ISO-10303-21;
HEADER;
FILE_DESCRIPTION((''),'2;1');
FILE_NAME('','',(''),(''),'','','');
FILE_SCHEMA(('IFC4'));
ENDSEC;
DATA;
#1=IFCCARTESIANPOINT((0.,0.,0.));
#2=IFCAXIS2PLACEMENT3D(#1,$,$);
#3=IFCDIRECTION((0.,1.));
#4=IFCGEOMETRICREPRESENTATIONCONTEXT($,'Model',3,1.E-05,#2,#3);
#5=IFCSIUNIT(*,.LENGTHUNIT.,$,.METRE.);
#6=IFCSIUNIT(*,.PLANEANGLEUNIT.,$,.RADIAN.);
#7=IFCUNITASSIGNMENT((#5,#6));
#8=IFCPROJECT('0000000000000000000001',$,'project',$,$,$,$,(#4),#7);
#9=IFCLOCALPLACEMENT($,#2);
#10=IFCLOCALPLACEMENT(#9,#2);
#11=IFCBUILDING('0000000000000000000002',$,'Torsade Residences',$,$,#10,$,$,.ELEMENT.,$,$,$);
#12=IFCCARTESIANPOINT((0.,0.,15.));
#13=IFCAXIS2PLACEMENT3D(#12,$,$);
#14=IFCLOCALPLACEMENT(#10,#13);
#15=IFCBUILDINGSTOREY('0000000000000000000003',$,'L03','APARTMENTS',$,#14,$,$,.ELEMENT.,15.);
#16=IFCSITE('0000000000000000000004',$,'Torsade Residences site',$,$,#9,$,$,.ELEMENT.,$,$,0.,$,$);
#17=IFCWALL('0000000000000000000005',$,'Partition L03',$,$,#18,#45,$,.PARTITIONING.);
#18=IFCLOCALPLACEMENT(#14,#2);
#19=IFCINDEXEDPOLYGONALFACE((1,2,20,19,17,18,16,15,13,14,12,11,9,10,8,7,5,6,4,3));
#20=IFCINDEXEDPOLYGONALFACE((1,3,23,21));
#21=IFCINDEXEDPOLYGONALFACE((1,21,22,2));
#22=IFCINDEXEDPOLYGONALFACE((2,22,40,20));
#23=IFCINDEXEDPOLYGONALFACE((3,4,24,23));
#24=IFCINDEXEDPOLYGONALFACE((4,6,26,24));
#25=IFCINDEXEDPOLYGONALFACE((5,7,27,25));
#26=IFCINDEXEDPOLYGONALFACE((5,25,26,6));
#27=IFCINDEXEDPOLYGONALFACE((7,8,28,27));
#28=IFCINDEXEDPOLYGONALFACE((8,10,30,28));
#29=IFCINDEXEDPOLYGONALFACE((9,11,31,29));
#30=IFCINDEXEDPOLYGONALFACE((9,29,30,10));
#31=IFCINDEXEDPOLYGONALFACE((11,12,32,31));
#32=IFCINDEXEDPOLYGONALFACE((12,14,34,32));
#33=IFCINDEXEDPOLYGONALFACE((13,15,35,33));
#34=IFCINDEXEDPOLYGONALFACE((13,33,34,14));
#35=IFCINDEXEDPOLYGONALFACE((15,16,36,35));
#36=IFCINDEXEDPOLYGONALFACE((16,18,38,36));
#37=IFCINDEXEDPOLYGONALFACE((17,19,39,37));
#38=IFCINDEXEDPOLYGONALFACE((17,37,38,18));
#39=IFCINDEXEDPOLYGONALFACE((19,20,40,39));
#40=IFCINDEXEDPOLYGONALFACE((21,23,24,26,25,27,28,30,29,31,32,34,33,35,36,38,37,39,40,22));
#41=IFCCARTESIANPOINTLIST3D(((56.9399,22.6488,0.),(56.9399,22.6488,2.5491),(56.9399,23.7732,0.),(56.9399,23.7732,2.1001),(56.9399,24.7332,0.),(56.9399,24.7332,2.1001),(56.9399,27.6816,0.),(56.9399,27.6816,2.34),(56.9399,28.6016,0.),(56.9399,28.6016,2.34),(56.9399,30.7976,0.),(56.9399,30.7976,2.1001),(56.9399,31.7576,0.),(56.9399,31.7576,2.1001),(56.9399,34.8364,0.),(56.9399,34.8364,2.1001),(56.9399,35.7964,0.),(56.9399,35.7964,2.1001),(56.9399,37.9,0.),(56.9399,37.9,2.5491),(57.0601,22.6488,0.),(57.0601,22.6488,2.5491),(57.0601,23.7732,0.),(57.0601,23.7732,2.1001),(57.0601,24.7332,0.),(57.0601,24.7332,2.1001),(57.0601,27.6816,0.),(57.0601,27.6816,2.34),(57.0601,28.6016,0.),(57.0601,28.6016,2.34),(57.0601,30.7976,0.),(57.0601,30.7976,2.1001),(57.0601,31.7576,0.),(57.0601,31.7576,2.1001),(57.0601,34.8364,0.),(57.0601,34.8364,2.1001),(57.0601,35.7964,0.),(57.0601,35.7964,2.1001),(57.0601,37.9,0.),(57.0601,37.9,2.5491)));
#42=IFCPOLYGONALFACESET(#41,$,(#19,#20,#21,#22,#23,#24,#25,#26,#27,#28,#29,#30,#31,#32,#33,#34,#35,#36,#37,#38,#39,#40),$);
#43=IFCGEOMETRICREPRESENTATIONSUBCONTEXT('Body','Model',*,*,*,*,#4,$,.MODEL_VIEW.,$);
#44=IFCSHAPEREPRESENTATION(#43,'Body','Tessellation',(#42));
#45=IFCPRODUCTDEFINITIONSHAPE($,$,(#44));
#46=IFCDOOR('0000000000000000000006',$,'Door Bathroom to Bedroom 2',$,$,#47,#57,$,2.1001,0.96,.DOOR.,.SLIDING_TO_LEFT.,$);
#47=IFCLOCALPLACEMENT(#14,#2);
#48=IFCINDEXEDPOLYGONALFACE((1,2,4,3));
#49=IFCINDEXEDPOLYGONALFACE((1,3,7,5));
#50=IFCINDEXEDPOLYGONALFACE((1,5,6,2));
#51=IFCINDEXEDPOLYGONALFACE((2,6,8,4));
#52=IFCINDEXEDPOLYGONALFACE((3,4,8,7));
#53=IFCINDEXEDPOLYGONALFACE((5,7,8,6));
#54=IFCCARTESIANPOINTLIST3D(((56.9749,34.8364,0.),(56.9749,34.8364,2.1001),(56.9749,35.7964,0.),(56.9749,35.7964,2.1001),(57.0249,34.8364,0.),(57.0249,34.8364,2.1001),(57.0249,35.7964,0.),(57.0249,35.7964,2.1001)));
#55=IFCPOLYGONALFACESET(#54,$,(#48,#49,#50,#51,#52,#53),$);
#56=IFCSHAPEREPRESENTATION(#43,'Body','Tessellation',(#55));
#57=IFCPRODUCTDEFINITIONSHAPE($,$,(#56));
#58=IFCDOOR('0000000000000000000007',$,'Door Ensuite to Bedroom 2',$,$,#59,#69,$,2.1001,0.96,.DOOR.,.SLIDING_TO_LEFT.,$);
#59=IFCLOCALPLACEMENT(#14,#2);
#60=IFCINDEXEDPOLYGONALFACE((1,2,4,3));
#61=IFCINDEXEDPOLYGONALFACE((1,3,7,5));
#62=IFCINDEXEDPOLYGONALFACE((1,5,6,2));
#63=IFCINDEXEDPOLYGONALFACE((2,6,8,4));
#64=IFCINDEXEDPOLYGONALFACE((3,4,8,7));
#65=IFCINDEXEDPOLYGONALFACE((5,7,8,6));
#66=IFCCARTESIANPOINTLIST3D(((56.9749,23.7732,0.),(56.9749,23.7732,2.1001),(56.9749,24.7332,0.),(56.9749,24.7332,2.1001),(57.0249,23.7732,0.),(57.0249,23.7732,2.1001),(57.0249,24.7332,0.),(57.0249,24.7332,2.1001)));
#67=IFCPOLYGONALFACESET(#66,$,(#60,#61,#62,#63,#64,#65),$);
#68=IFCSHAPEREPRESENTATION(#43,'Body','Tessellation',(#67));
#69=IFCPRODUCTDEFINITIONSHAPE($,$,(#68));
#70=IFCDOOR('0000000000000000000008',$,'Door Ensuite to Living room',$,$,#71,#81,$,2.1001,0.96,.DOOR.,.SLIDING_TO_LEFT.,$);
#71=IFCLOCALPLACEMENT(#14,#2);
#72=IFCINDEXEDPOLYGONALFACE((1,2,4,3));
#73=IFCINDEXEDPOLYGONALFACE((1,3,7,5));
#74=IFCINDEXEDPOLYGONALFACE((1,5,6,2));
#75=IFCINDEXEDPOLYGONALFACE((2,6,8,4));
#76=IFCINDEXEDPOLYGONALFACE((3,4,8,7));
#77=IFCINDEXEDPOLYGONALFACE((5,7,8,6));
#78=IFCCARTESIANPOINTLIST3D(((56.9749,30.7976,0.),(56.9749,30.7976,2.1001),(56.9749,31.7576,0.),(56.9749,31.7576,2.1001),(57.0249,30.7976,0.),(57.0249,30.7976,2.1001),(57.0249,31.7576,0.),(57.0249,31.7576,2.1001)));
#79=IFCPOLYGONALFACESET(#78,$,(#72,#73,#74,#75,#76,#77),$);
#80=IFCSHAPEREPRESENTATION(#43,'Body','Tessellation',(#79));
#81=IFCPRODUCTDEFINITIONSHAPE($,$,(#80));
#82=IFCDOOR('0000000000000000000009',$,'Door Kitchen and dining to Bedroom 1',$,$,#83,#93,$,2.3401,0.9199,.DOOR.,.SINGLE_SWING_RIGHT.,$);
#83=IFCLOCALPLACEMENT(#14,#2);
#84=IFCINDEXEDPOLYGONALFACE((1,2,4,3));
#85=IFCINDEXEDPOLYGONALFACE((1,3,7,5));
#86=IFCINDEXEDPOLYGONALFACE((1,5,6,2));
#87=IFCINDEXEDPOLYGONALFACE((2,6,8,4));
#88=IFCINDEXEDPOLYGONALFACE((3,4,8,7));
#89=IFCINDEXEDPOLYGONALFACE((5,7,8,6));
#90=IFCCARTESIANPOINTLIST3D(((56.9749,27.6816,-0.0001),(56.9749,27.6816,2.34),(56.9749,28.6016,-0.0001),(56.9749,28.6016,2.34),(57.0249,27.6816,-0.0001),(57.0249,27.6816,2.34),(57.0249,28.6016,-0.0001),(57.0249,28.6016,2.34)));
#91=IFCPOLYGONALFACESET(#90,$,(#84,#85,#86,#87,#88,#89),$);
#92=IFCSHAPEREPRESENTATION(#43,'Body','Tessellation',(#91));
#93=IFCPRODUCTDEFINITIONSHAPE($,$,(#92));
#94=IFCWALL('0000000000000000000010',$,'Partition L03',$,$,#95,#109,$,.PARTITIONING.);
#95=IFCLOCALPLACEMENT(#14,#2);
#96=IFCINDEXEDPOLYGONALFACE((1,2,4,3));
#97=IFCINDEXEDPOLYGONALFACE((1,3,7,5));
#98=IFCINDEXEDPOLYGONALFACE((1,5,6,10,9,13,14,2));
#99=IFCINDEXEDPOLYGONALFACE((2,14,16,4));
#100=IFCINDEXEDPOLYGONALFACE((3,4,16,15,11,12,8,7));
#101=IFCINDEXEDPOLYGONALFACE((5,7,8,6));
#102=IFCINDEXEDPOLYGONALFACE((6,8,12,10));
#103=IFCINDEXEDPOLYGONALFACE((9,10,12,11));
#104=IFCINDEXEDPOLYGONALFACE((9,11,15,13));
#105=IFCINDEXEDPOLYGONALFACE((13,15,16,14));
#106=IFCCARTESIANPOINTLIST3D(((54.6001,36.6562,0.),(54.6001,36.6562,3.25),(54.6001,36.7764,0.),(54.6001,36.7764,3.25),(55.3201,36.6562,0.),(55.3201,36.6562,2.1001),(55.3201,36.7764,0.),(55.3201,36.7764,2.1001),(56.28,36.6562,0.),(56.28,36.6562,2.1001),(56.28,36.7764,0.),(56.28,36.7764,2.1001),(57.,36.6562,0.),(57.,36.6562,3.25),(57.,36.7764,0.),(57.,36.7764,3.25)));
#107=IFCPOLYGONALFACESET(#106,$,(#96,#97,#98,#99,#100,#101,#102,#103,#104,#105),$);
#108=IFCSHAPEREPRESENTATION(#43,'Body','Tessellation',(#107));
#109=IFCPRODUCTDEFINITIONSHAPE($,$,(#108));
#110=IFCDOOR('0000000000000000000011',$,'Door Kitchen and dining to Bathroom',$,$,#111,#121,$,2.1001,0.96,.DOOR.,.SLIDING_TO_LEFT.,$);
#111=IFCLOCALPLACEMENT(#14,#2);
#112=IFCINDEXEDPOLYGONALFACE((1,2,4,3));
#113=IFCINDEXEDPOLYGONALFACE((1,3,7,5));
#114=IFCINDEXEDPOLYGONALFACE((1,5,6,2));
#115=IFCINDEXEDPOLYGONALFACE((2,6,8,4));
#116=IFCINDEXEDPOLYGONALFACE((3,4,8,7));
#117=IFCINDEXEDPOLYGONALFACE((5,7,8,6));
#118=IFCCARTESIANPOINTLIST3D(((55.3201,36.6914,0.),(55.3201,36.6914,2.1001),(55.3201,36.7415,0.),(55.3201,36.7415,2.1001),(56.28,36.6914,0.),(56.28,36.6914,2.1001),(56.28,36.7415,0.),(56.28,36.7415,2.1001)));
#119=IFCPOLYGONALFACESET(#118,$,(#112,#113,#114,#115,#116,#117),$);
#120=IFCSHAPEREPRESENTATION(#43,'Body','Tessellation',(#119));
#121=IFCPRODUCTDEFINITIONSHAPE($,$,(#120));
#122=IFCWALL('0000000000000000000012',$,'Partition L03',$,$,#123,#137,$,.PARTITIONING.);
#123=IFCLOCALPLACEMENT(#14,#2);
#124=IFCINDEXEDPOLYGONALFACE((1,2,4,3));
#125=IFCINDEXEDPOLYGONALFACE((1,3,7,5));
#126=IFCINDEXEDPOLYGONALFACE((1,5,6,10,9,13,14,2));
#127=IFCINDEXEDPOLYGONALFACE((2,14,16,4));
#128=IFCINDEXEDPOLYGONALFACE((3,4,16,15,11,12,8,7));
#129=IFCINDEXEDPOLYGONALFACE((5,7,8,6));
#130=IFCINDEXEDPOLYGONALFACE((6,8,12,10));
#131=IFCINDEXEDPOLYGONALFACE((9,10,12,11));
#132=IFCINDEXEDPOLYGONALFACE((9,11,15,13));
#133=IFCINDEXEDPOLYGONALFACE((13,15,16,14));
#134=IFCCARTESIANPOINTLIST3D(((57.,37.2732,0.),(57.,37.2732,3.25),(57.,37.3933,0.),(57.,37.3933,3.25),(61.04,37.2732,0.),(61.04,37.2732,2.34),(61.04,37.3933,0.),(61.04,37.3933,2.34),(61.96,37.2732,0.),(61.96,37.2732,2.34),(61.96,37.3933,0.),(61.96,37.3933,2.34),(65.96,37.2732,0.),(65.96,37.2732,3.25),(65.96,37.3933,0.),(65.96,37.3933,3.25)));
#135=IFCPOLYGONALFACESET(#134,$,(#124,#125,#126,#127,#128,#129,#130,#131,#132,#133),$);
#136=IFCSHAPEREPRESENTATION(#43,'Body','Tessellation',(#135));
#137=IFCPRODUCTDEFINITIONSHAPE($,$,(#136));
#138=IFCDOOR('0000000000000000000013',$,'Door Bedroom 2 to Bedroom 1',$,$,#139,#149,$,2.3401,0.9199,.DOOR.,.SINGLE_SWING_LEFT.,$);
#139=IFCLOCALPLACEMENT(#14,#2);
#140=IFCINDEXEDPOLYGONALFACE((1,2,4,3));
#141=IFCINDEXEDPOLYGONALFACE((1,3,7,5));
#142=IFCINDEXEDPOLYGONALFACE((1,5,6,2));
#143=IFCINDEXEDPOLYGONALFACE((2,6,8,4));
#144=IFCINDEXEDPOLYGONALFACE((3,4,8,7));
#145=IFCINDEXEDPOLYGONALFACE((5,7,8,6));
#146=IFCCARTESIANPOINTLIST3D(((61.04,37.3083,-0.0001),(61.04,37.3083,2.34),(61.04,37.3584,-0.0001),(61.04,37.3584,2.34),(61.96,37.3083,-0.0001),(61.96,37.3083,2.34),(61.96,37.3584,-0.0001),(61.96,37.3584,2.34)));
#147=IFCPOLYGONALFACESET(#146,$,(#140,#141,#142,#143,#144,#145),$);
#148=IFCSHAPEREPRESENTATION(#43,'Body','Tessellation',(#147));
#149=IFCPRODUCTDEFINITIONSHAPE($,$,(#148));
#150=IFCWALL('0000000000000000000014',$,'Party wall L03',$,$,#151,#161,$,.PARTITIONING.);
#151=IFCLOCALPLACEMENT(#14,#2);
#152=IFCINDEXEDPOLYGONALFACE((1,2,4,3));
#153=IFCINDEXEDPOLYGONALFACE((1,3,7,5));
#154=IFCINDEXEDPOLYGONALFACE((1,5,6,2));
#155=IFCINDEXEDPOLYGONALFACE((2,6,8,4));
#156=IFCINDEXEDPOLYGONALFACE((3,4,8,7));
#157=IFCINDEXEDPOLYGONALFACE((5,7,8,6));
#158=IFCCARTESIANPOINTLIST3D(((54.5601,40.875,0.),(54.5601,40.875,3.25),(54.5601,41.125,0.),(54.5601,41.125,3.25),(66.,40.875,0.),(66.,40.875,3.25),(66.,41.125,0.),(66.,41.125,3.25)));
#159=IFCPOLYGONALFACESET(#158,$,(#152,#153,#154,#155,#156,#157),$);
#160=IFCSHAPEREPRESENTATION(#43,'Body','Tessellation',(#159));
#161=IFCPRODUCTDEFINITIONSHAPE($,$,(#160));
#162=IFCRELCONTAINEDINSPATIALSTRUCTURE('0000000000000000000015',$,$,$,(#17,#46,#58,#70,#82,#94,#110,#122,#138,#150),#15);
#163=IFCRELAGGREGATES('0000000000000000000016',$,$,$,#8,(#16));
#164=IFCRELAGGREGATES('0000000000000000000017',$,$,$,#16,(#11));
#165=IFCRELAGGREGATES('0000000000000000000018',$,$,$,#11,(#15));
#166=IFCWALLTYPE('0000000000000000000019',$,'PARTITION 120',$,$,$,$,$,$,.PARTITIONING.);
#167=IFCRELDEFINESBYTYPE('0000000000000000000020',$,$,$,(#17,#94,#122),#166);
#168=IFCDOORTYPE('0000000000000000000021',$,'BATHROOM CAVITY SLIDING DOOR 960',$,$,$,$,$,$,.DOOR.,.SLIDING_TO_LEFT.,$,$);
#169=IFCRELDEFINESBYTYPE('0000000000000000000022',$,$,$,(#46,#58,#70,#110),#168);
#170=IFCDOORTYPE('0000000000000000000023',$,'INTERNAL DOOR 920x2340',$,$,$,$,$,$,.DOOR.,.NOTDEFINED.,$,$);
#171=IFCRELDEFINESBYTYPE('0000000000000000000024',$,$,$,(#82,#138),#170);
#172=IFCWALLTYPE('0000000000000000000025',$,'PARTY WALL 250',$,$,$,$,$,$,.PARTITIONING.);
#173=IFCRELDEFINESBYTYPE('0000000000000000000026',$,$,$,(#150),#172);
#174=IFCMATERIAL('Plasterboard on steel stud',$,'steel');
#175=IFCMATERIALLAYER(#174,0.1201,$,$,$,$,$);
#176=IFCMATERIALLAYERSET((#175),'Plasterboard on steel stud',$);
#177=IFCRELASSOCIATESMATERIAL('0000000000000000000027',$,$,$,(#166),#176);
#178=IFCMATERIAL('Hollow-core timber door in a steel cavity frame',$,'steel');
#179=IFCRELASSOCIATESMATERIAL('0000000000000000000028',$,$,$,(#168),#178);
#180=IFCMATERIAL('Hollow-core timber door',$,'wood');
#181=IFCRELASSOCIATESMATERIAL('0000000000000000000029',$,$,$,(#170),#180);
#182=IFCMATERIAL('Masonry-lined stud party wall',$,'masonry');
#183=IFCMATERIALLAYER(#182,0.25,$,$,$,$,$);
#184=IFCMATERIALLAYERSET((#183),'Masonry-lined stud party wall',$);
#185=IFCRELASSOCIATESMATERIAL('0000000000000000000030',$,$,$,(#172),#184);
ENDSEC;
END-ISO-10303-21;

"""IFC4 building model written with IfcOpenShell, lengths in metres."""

from ifc_helpers import new_model, si_unit, direction, frame, frame_2d, origin, place, context, subcontext, project, spatial, rectangle, extrude, material, layer, layer_set, type_object, element, fill, save


model = new_model("IFC4")

# Units and contexts
model_context = context("Model", 3, precision=1e-05, world=origin(), true_north=direction((0.0, 1.0)))
body_context = subcontext(model_context, "Body", "Model", "MODEL_VIEW")
ifc_project = project(units=[si_unit("LENGTHUNIT", "METRE"), si_unit("PLANEANGLEUNIT", "RADIAN")], contexts=[model_context])

# Site, building, storey
site_placement = place(None, origin())
site = spatial("IfcSite", under=ifc_project, at=site_placement, Name="Torsade Residences site", CompositionType="ELEMENT", RefElevation=0.0)
building_placement = place(site_placement, origin())
building = spatial("IfcBuilding", under=site, at=building_placement, Name="Torsade Residences", CompositionType="ELEMENT")
storey_placement = place(building_placement, frame((0.0, 0.0, 15.0)))
storey = spatial("IfcBuildingStorey", under=building, at=storey_placement, Name="L03", Description="APARTMENTS", CompositionType="ELEMENT", Elevation=15.0)

# Wall, openings, doors
ifc_material_1 = material(Name="Plasterboard on steel stud", Category="steel")
ifc_layer_1 = layer(ifc_material_1, 0.1201)
ifc_layer_set_1 = layer_set([ifc_layer_1], Name="Plasterboard on steel stud")
wall_type_1 = type_object("IfcWallType", Name="PARTITION 120", PredefinedType="PARTITIONING", material=ifc_layer_set_1)
wall_1_placement = place(storey_placement, frame((57.0, 37.8999, 0.0), z_axis=(0.0, 0.0, 1.0), x_axis=(0.0, -1.0, 0.0)))
wall_1 = element("IfcWall", 1, at=wall_1_placement, inside=storey, type_object=wall_type_1, Name="Partition L03", PredefinedType="PARTITIONING", context=body_context, shape_type="SweptSolid", body=[
    extrude(rectangle(XDim=15.2512, YDim=0.1201, at=frame_2d((7.6255, 0.0))), origin(), (0.0, 0.0, 1.0), 2.5491),
])
opening_1_placement = place(wall_1_placement, frame((9.2983, 0.0, 0.0)))
opening_1 = element("IfcOpeningElement", 2, at=opening_1_placement, cuts=wall_1, PredefinedType="OPENING", context=body_context, shape_type="SweptSolid", body=[
    extrude(rectangle(XDim=0.9199, YDim=2.3401, at=frame_2d((0.46, 1.1699))), frame((0.0, 0.0701, 0.0), z_axis=(0.0, -1.0, 0.0), x_axis=(1.0, 0.0, 0.0)), (0.0, 0.0, 1.0), 0.1401),
])
opening_2_placement = place(wall_1_placement, frame((2.1035, 0.0, 0.0)))
opening_2 = element("IfcOpeningElement", 3, at=opening_2_placement, cuts=wall_1, PredefinedType="OPENING", context=body_context, shape_type="SweptSolid", body=[
    extrude(rectangle(XDim=0.96, YDim=2.1001, at=frame_2d((0.48, 1.05))), frame((0.0, 0.0701, 0.0), z_axis=(0.0, -1.0, 0.0), x_axis=(1.0, 0.0, 0.0)), (0.0, 0.0, 1.0), 0.1401),
])
opening_3_placement = place(wall_1_placement, frame((13.1667, 0.0, 0.0)))
opening_3 = element("IfcOpeningElement", 4, at=opening_3_placement, cuts=wall_1, PredefinedType="OPENING", context=body_context, shape_type="SweptSolid", body=[
    extrude(rectangle(XDim=0.96, YDim=2.1001, at=frame_2d((0.48, 1.05))), frame((0.0, 0.0701, 0.0), z_axis=(0.0, -1.0, 0.0), x_axis=(1.0, 0.0, 0.0)), (0.0, 0.0, 1.0), 0.1401),
])
opening_4_placement = place(wall_1_placement, frame((6.1423, 0.0, 0.0)))
opening_4 = element("IfcOpeningElement", 5, at=opening_4_placement, cuts=wall_1, PredefinedType="OPENING", context=body_context, shape_type="SweptSolid", body=[
    extrude(rectangle(XDim=0.96, YDim=2.1001, at=frame_2d((0.48, 1.05))), frame((0.0, 0.0701, 0.0), z_axis=(0.0, -1.0, 0.0), x_axis=(1.0, 0.0, 0.0)), (0.0, 0.0, 1.0), 0.1401),
])
ifc_material_2 = material(Name="Hollow-core timber door in a steel cavity frame", Category="steel")
door_type_1 = type_object("IfcDoorType", Name="BATHROOM CAVITY SLIDING DOOR 960", OperationType="SLIDING_TO_LEFT", PredefinedType="DOOR", material=ifc_material_2)
door_1_placement = place(opening_2_placement, origin())
door_1 = element("IfcDoor", 6, at=door_1_placement, inside=storey, type_object=door_type_1, Name="Door Bathroom to Bedroom 2", OperationType="SLIDING_TO_LEFT", OverallHeight=2.1001, OverallWidth=0.96, PredefinedType="DOOR", context=body_context, shape_type="SweptSolid", body=[
    extrude(rectangle(XDim=0.96, YDim=2.1001, at=frame_2d((0.48, 1.05))), frame((0.0, 0.0249, 0.0), z_axis=(0.0, -1.0, 0.0), x_axis=(1.0, 0.0, 0.0)), (0.0, 0.0, 1.0), 0.05),
])
fill(opening_2, door_1)
door_2_placement = place(opening_3_placement, origin())
door_2 = element("IfcDoor", 7, at=door_2_placement, inside=storey, type_object=door_type_1, Name="Door Ensuite to Bedroom 2", OperationType="SLIDING_TO_LEFT", OverallHeight=2.1001, OverallWidth=0.96, PredefinedType="DOOR", context=body_context, shape_type="SweptSolid", body=[
    extrude(rectangle(XDim=0.96, YDim=2.1001, at=frame_2d((0.48, 1.05))), frame((0.0, 0.0249, 0.0), z_axis=(0.0, -1.0, 0.0), x_axis=(1.0, 0.0, 0.0)), (0.0, 0.0, 1.0), 0.05),
])
fill(opening_3, door_2)
door_3_placement = place(opening_4_placement, origin())
door_3 = element("IfcDoor", 8, at=door_3_placement, inside=storey, type_object=door_type_1, Name="Door Ensuite to Living room", OperationType="SLIDING_TO_LEFT", OverallHeight=2.1001, OverallWidth=0.96, PredefinedType="DOOR", context=body_context, shape_type="SweptSolid", body=[
    extrude(rectangle(XDim=0.96, YDim=2.1001, at=frame_2d((0.48, 1.05))), frame((0.0, 0.0249, 0.0), z_axis=(0.0, -1.0, 0.0), x_axis=(1.0, 0.0, 0.0)), (0.0, 0.0, 1.0), 0.05),
])
fill(opening_4, door_3)
ifc_material_3 = material(Name="Hollow-core timber door", Category="wood")
door_type_2 = type_object("IfcDoorType", Name="INTERNAL DOOR 920x2340", OperationType="NOTDEFINED", PredefinedType="DOOR", material=ifc_material_3)
door_4_placement = place(opening_1_placement, origin())
door_4 = element("IfcDoor", 9, at=door_4_placement, inside=storey, type_object=door_type_2, Name="Door Kitchen and dining to Bedroom 1", OperationType="SINGLE_SWING_RIGHT", OverallHeight=2.3401, OverallWidth=0.9199, PredefinedType="DOOR", context=body_context, shape_type="SweptSolid", body=[
    extrude(rectangle(XDim=0.9199, YDim=2.3401, at=frame_2d((0.46, 1.1699))), frame((0.0, 0.0249, 0.0), z_axis=(0.0, -1.0, 0.0), x_axis=(1.0, 0.0, 0.0)), (0.0, 0.0, 1.0), 0.05),
])
fill(opening_1, door_4)

# Walls, openings, doors
wall_2_placement = place(storey_placement, frame((57.0, 36.7163, 0.0), z_axis=(0.0, 0.0, 1.0), x_axis=(-1.0, 0.0, 0.0)))
wall_2 = element("IfcWall", 10, at=wall_2_placement, inside=storey, type_object=wall_type_1, Name="Partition L03", PredefinedType="PARTITIONING", context=body_context, shape_type="SweptSolid", body=[
    extrude(rectangle(XDim=2.3999, YDim=0.1201, at=frame_2d((1.2, 0.0))), origin(), (0.0, 0.0, 1.0), 3.25),
])
opening_5_placement = place(wall_2_placement, frame((0.72, 0.0, 0.0)))
opening_5 = element("IfcOpeningElement", 11, at=opening_5_placement, cuts=wall_2, PredefinedType="OPENING", context=body_context, shape_type="SweptSolid", body=[
    extrude(rectangle(XDim=0.96, YDim=2.1001, at=frame_2d((0.48, 1.05))), frame((0.0, 0.0701, 0.0), z_axis=(0.0, -1.0, 0.0), x_axis=(1.0, 0.0, 0.0)), (0.0, 0.0, 1.0), 0.1401),
])
door_5_placement = place(opening_5_placement, origin())
door_5 = element("IfcDoor", 12, at=door_5_placement, inside=storey, type_object=door_type_1, Name="Door Kitchen and dining to Bathroom", OperationType="SLIDING_TO_LEFT", OverallHeight=2.1001, OverallWidth=0.96, PredefinedType="DOOR", context=body_context, shape_type="SweptSolid", body=[
    extrude(rectangle(XDim=0.96, YDim=2.1001, at=frame_2d((0.48, 1.05))), frame((0.0, 0.0249, 0.0), z_axis=(0.0, -1.0, 0.0), x_axis=(1.0, 0.0, 0.0)), (0.0, 0.0, 1.0), 0.05),
])
fill(opening_5, door_5)
wall_3_placement = place(storey_placement, frame((65.96, 37.3333, 0.0), z_axis=(0.0, 0.0, 1.0), x_axis=(-1.0, 0.0, 0.0)))
wall_3 = element("IfcWall", 13, at=wall_3_placement, inside=storey, type_object=wall_type_1, Name="Partition L03", PredefinedType="PARTITIONING", context=body_context, shape_type="SweptSolid", body=[
    extrude(rectangle(XDim=8.96, YDim=0.1201, at=frame_2d((4.48, 0.0))), origin(), (0.0, 0.0, 1.0), 3.25),
])
opening_6_placement = place(wall_3_placement, frame((4.0, 0.0, 0.0)))
opening_6 = element("IfcOpeningElement", 14, at=opening_6_placement, cuts=wall_3, PredefinedType="OPENING", context=body_context, shape_type="SweptSolid", body=[
    extrude(rectangle(XDim=0.9199, YDim=2.3401, at=frame_2d((0.46, 1.1699))), frame((0.0, 0.0701, 0.0), z_axis=(0.0, -1.0, 0.0), x_axis=(1.0, 0.0, 0.0)), (0.0, 0.0, 1.0), 0.1401),
])
door_6_placement = place(opening_6_placement, origin())
door_6 = element("IfcDoor", 15, at=door_6_placement, inside=storey, type_object=door_type_2, Name="Door Bedroom 2 to Bedroom 1", OperationType="SINGLE_SWING_LEFT", OverallHeight=2.3401, OverallWidth=0.9199, PredefinedType="DOOR", context=body_context, shape_type="SweptSolid", body=[
    extrude(rectangle(XDim=0.9199, YDim=2.3401, at=frame_2d((0.46, 1.1699))), frame((0.0, 0.0249, 0.0), z_axis=(0.0, -1.0, 0.0), x_axis=(1.0, 0.0, 0.0)), (0.0, 0.0, 1.0), 0.05),
])
fill(opening_6, door_6)

# Wall
ifc_material_4 = material(Name="Masonry-lined stud party wall", Category="masonry")
ifc_layer_2 = layer(ifc_material_4, 0.25)
ifc_layer_set_2 = layer_set([ifc_layer_2], Name="Masonry-lined stud party wall")
wall_type_2 = type_object("IfcWallType", Name="PARTY WALL 250", PredefinedType="PARTITIONING", material=ifc_layer_set_2)
wall_4_placement = place(storey_placement, frame((66.0, 41.0, 0.0), z_axis=(0.0, 0.0, 1.0), x_axis=(-1.0, 0.0, 0.0)))
element("IfcWall", 16, at=wall_4_placement, inside=storey, type_object=wall_type_2, Name="Party wall L03", PredefinedType="PARTITIONING", context=body_context, shape_type="SweptSolid", body=[
    extrude(rectangle(XDim=11.4399, YDim=0.25, at=frame_2d((5.72, 0.0))), origin(), (0.0, 0.0, 1.0), 3.25),
])

save(model, "model.ifc")
